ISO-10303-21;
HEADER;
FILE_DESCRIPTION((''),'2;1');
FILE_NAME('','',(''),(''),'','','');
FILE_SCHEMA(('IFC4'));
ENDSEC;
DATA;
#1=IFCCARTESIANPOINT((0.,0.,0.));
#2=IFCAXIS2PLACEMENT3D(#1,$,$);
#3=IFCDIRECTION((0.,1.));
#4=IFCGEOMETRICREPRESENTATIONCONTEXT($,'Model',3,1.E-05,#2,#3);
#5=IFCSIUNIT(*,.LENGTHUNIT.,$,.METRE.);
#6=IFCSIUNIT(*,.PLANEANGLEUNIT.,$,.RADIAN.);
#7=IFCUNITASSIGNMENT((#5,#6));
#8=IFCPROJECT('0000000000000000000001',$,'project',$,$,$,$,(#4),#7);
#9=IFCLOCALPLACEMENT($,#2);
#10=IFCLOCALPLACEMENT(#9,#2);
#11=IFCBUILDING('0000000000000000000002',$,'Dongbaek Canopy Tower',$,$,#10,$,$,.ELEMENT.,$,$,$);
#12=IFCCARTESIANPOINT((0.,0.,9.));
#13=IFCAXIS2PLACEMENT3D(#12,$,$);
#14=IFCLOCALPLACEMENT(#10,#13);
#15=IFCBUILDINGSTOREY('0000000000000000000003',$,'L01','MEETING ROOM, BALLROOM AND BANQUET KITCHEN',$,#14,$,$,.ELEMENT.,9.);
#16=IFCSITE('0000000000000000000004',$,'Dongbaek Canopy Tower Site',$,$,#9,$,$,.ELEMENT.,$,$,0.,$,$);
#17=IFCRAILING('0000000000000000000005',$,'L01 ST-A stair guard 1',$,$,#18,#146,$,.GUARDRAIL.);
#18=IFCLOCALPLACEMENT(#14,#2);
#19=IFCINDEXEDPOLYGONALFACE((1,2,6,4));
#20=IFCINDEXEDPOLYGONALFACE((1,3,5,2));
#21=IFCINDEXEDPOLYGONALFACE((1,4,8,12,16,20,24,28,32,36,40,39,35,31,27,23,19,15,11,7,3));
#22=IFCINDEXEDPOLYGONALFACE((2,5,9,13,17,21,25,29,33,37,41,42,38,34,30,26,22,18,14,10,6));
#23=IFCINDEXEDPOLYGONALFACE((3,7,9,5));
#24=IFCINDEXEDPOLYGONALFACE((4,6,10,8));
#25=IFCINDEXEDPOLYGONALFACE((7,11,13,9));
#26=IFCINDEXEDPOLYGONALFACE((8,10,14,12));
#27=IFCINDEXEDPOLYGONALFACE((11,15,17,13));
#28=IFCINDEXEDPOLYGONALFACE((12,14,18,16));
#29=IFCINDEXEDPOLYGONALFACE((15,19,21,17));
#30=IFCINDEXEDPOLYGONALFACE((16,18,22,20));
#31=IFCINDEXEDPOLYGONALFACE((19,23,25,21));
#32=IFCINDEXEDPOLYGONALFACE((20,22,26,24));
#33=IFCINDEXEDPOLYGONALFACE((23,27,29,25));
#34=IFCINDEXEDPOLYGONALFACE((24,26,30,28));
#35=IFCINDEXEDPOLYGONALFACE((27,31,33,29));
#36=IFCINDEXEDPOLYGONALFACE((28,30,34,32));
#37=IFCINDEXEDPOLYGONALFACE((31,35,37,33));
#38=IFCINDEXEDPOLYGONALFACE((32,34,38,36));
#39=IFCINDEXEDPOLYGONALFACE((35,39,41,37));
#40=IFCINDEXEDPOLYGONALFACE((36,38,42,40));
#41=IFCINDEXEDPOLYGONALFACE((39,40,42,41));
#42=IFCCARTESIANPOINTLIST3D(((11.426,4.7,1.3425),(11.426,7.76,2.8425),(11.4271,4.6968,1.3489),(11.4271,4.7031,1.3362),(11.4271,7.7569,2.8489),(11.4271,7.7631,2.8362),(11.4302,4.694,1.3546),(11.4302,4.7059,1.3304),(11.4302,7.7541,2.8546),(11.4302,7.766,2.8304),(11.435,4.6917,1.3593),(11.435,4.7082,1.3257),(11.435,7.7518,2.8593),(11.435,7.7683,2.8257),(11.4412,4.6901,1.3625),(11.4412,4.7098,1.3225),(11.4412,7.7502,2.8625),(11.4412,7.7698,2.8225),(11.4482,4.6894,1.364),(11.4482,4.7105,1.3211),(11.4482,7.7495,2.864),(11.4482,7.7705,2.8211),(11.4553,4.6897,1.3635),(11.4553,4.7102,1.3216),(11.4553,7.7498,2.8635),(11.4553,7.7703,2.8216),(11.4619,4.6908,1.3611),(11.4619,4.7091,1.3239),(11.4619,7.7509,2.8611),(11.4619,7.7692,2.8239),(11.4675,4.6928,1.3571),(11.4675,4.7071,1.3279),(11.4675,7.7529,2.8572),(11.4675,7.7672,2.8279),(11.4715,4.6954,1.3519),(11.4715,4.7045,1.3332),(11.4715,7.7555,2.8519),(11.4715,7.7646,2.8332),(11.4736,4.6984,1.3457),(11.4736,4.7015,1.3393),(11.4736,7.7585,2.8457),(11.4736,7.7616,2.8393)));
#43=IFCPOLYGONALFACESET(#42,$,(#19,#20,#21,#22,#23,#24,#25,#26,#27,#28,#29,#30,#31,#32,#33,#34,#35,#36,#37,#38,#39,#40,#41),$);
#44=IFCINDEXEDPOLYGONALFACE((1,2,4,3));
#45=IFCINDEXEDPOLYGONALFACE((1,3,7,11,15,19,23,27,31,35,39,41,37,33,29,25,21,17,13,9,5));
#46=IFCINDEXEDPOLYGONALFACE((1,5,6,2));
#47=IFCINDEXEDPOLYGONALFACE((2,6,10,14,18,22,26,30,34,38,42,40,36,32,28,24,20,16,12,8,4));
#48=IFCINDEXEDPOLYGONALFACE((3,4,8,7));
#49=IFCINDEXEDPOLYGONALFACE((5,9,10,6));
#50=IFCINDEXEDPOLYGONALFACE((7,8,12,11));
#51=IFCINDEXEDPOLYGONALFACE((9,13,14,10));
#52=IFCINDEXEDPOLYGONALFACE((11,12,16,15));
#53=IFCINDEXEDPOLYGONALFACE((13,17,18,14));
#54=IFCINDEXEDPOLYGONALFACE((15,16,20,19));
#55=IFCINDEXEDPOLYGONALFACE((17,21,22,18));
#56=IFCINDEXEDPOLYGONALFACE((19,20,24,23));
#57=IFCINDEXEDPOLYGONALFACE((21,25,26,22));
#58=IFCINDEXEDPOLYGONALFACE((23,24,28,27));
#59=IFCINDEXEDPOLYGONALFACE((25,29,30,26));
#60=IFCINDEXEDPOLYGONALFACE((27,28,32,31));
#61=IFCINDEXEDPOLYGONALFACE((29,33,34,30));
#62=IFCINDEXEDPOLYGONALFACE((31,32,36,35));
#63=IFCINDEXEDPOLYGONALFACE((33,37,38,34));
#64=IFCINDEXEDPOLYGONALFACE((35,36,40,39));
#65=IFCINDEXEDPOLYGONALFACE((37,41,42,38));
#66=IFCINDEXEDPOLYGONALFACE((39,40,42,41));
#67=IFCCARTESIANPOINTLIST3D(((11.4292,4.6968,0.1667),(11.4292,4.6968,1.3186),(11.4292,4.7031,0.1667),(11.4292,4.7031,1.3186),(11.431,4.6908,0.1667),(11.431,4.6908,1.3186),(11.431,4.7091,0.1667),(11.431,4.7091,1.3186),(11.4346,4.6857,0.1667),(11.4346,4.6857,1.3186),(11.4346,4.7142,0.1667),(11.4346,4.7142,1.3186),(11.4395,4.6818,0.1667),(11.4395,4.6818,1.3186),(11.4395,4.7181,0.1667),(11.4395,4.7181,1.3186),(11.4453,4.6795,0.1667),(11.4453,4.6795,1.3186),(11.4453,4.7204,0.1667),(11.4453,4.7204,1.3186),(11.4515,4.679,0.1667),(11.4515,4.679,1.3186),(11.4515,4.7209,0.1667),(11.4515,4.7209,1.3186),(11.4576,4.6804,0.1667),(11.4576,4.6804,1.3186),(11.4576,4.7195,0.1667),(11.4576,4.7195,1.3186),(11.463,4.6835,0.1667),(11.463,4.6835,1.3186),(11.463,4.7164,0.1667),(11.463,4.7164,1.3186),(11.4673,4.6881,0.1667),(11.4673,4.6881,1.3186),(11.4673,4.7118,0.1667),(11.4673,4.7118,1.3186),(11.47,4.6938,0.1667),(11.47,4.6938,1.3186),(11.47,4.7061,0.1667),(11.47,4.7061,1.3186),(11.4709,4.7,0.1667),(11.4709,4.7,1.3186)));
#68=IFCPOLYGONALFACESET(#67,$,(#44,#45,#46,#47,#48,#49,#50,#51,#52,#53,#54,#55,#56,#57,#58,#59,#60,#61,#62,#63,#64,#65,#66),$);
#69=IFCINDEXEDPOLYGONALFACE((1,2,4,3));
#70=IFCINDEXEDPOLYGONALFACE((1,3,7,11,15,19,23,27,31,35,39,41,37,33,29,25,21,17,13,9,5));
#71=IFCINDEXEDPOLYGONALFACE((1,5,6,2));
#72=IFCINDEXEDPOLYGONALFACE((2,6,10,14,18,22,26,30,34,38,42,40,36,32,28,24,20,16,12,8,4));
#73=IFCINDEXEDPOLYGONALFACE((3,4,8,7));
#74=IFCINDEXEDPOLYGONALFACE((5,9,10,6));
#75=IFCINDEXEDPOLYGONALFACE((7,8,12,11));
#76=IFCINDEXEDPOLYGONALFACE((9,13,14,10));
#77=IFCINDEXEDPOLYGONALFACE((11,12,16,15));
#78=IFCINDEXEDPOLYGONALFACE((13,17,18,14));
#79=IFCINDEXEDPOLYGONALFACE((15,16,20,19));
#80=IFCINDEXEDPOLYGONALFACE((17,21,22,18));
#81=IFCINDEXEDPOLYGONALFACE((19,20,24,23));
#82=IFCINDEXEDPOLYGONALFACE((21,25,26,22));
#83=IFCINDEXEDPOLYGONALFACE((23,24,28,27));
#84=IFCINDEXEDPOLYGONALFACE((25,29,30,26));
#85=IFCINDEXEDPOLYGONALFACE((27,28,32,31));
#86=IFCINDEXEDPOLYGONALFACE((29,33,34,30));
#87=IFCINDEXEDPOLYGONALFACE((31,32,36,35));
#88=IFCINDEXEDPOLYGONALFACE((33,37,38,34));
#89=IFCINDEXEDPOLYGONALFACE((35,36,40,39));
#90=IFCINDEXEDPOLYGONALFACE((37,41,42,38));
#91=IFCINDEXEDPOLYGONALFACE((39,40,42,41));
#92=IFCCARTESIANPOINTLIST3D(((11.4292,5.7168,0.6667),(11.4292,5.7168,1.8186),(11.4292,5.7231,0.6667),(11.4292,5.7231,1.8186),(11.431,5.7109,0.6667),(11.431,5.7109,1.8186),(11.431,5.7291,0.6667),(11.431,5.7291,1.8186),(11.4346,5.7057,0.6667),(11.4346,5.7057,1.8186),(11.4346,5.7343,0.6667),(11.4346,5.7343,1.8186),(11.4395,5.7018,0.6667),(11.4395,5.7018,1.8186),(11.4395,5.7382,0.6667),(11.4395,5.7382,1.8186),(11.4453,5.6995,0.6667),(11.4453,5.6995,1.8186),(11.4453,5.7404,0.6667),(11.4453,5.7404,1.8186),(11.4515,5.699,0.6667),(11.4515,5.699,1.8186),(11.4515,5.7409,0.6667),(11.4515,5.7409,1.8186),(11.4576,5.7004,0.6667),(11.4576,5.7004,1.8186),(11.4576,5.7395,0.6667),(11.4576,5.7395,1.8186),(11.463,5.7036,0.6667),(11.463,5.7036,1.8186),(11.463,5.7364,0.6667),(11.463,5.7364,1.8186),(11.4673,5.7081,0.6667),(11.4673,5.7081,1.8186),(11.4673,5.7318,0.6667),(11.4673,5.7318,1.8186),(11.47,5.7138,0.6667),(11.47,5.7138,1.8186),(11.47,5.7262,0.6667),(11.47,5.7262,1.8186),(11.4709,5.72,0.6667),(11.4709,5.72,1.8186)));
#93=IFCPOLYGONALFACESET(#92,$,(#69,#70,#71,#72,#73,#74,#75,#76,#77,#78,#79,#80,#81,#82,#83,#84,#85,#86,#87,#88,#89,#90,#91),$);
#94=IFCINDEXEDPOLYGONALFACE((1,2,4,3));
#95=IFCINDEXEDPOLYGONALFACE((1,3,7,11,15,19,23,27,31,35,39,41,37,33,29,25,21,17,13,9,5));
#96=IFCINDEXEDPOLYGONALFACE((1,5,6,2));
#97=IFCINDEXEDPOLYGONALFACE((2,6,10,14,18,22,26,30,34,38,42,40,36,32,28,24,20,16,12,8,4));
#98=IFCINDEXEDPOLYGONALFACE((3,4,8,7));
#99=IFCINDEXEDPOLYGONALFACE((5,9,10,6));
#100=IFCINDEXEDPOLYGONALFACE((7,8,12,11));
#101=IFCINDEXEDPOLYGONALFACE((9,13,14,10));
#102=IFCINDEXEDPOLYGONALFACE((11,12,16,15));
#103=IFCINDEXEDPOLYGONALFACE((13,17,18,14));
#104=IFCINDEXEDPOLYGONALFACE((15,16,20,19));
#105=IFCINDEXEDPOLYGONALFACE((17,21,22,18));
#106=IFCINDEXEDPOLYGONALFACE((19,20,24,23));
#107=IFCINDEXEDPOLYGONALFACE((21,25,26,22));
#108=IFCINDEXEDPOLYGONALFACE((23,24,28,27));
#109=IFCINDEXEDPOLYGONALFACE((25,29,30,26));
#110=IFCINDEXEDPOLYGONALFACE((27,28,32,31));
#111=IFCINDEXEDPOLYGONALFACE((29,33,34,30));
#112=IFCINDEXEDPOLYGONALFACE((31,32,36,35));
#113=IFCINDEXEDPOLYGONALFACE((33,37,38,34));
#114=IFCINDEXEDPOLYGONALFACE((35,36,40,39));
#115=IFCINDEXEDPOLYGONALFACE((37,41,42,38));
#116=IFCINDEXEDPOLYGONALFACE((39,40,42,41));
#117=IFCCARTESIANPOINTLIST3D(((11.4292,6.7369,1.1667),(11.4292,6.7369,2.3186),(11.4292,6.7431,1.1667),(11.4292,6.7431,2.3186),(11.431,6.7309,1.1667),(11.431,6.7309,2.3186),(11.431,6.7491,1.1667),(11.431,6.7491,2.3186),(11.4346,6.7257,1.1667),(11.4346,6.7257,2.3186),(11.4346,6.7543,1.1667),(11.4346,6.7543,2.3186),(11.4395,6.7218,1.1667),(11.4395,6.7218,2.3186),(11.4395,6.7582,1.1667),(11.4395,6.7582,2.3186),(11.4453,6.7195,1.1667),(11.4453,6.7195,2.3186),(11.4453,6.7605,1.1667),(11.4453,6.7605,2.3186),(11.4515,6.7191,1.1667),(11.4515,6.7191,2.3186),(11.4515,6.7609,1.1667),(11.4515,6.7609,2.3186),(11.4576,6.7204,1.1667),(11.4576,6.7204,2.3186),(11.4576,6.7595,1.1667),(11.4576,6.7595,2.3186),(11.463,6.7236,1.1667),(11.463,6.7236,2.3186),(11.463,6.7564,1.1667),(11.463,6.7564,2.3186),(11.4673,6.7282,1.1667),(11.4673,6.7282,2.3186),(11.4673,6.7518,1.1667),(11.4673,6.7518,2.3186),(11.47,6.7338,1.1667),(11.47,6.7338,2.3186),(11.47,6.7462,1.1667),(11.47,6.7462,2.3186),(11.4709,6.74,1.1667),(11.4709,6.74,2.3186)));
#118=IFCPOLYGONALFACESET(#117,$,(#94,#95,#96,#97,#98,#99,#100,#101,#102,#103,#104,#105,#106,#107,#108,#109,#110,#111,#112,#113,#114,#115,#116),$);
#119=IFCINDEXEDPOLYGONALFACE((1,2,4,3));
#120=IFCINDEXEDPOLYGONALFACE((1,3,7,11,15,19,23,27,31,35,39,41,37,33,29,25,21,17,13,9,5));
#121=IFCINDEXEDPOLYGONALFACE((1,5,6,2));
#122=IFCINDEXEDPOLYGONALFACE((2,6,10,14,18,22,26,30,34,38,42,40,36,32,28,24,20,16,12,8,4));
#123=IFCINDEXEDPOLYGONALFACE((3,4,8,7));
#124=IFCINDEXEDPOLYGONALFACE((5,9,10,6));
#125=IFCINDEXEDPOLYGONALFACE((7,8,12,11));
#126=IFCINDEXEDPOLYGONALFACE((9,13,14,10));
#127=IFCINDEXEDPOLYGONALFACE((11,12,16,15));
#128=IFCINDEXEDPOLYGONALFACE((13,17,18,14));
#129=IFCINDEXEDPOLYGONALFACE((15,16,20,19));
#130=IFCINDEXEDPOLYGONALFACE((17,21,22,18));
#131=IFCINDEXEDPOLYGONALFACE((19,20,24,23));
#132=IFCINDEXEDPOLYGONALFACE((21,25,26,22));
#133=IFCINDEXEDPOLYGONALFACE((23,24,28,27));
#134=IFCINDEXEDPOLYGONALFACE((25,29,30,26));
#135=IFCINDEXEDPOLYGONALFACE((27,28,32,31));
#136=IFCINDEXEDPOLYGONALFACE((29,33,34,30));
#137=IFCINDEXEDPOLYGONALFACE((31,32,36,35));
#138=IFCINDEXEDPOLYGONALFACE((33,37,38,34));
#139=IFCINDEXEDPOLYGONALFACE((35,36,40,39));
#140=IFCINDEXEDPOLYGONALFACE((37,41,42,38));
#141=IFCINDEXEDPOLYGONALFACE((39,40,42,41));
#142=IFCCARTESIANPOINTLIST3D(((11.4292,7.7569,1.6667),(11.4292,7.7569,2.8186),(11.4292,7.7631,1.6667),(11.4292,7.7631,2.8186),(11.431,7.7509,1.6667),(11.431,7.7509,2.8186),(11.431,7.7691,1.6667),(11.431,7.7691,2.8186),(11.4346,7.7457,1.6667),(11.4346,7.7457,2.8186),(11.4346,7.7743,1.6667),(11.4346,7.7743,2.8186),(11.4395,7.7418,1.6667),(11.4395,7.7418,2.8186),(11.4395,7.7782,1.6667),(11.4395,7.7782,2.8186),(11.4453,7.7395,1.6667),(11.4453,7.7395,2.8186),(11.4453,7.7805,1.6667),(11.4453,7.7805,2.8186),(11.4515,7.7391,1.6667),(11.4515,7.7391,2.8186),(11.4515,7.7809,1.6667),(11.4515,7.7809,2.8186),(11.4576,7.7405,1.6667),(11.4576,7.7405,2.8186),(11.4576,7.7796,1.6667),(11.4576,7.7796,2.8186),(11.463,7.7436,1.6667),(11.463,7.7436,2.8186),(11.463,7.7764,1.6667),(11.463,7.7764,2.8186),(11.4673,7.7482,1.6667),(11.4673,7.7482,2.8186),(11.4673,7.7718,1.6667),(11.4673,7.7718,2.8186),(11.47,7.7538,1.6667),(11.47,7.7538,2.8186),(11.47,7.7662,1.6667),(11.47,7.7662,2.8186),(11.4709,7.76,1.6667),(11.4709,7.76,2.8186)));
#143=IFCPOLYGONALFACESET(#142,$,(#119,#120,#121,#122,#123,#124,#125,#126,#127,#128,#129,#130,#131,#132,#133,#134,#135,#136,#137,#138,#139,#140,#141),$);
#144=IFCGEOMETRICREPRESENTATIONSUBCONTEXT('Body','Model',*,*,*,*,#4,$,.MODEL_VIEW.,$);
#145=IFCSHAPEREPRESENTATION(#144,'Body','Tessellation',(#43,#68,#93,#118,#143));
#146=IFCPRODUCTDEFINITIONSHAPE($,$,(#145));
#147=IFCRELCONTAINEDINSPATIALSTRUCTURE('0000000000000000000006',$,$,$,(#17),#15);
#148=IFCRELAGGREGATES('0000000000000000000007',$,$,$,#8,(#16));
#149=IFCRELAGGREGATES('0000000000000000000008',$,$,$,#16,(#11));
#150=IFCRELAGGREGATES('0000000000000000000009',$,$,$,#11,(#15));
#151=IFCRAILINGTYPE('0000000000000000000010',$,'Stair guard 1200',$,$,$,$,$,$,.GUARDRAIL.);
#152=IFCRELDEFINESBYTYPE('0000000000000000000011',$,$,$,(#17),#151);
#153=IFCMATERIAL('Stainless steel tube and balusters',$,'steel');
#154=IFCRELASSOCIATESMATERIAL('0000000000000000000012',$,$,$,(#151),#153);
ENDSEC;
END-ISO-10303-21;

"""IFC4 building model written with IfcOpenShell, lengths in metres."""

from ifc_helpers import new_model, si_unit, direction, frame, origin, origin_2d, place, context, subcontext, project, spatial, circle, extrude, material, type_object, element, save


model = new_model("IFC4")

# Units and contexts
model_context = context("Model", 3, precision=1e-05, world=origin(), true_north=direction((0.0, 1.0)))
body_context = subcontext(model_context, "Body", "Model", "MODEL_VIEW")
ifc_project = project(units=[si_unit("LENGTHUNIT", "METRE"), si_unit("PLANEANGLEUNIT", "RADIAN")], contexts=[model_context])

# Site, building, storey
site_placement = place(None, origin())
site = spatial("IfcSite", under=ifc_project, at=site_placement, Name="Dongbaek Canopy Tower Site", CompositionType="ELEMENT", RefElevation=0.0)
building_placement = place(site_placement, origin())
building = spatial("IfcBuilding", under=site, at=building_placement, Name="Dongbaek Canopy Tower", CompositionType="ELEMENT")
storey_placement = place(building_placement, frame((0.0, 0.0, 9.0)))
storey = spatial("IfcBuildingStorey", under=building, at=storey_placement, Name="L01", Description="MEETING ROOM, BALLROOM AND BANQUET KITCHEN", CompositionType="ELEMENT", Elevation=9.0)

# Railing
ifc_material_1 = material(Name="Stainless steel tube and balusters", Category="steel")
railing_type_1 = type_object("IfcRailingType", Name="Stair guard 1200", PredefinedType="GUARDRAIL", material=ifc_material_1)
railing_1_placement = place(storey_placement, frame((11.45, 4.7, 0.1667)))
element("IfcRailing", 1, at=railing_1_placement, inside=storey, type_object=railing_type_1, Name="L01 ST-A stair guard 1", PredefinedType="GUARDRAIL", context=body_context, shape_type="SweptSolid", body=[
    extrude(circle(Radius=0.0239, at=origin_2d()), frame((0.0, 0.0, 1.1758), z_axis=(0.0, 0.897924, 0.44015), x_axis=(-1.0, 0.0, 0.0)), (0.0, 0.0, 1.0), 3.408),
    extrude(circle(Radius=0.021, at=origin_2d()), origin(), (0.0, 0.0, 1.0), 1.1519),
    extrude(circle(Radius=0.021, at=origin_2d()), frame((0.0, 1.02, 0.5)), (0.0, 0.0, 1.0), 1.1519),
    extrude(circle(Radius=0.021, at=origin_2d()), frame((0.0, 2.04, 1.0)), (0.0, 0.0, 1.0), 1.1519),
    extrude(circle(Radius=0.021, at=origin_2d()), frame((0.0, 3.0601, 1.5)), (0.0, 0.0, 1.0), 1.1519),
])

save(model, "model.ifc")
